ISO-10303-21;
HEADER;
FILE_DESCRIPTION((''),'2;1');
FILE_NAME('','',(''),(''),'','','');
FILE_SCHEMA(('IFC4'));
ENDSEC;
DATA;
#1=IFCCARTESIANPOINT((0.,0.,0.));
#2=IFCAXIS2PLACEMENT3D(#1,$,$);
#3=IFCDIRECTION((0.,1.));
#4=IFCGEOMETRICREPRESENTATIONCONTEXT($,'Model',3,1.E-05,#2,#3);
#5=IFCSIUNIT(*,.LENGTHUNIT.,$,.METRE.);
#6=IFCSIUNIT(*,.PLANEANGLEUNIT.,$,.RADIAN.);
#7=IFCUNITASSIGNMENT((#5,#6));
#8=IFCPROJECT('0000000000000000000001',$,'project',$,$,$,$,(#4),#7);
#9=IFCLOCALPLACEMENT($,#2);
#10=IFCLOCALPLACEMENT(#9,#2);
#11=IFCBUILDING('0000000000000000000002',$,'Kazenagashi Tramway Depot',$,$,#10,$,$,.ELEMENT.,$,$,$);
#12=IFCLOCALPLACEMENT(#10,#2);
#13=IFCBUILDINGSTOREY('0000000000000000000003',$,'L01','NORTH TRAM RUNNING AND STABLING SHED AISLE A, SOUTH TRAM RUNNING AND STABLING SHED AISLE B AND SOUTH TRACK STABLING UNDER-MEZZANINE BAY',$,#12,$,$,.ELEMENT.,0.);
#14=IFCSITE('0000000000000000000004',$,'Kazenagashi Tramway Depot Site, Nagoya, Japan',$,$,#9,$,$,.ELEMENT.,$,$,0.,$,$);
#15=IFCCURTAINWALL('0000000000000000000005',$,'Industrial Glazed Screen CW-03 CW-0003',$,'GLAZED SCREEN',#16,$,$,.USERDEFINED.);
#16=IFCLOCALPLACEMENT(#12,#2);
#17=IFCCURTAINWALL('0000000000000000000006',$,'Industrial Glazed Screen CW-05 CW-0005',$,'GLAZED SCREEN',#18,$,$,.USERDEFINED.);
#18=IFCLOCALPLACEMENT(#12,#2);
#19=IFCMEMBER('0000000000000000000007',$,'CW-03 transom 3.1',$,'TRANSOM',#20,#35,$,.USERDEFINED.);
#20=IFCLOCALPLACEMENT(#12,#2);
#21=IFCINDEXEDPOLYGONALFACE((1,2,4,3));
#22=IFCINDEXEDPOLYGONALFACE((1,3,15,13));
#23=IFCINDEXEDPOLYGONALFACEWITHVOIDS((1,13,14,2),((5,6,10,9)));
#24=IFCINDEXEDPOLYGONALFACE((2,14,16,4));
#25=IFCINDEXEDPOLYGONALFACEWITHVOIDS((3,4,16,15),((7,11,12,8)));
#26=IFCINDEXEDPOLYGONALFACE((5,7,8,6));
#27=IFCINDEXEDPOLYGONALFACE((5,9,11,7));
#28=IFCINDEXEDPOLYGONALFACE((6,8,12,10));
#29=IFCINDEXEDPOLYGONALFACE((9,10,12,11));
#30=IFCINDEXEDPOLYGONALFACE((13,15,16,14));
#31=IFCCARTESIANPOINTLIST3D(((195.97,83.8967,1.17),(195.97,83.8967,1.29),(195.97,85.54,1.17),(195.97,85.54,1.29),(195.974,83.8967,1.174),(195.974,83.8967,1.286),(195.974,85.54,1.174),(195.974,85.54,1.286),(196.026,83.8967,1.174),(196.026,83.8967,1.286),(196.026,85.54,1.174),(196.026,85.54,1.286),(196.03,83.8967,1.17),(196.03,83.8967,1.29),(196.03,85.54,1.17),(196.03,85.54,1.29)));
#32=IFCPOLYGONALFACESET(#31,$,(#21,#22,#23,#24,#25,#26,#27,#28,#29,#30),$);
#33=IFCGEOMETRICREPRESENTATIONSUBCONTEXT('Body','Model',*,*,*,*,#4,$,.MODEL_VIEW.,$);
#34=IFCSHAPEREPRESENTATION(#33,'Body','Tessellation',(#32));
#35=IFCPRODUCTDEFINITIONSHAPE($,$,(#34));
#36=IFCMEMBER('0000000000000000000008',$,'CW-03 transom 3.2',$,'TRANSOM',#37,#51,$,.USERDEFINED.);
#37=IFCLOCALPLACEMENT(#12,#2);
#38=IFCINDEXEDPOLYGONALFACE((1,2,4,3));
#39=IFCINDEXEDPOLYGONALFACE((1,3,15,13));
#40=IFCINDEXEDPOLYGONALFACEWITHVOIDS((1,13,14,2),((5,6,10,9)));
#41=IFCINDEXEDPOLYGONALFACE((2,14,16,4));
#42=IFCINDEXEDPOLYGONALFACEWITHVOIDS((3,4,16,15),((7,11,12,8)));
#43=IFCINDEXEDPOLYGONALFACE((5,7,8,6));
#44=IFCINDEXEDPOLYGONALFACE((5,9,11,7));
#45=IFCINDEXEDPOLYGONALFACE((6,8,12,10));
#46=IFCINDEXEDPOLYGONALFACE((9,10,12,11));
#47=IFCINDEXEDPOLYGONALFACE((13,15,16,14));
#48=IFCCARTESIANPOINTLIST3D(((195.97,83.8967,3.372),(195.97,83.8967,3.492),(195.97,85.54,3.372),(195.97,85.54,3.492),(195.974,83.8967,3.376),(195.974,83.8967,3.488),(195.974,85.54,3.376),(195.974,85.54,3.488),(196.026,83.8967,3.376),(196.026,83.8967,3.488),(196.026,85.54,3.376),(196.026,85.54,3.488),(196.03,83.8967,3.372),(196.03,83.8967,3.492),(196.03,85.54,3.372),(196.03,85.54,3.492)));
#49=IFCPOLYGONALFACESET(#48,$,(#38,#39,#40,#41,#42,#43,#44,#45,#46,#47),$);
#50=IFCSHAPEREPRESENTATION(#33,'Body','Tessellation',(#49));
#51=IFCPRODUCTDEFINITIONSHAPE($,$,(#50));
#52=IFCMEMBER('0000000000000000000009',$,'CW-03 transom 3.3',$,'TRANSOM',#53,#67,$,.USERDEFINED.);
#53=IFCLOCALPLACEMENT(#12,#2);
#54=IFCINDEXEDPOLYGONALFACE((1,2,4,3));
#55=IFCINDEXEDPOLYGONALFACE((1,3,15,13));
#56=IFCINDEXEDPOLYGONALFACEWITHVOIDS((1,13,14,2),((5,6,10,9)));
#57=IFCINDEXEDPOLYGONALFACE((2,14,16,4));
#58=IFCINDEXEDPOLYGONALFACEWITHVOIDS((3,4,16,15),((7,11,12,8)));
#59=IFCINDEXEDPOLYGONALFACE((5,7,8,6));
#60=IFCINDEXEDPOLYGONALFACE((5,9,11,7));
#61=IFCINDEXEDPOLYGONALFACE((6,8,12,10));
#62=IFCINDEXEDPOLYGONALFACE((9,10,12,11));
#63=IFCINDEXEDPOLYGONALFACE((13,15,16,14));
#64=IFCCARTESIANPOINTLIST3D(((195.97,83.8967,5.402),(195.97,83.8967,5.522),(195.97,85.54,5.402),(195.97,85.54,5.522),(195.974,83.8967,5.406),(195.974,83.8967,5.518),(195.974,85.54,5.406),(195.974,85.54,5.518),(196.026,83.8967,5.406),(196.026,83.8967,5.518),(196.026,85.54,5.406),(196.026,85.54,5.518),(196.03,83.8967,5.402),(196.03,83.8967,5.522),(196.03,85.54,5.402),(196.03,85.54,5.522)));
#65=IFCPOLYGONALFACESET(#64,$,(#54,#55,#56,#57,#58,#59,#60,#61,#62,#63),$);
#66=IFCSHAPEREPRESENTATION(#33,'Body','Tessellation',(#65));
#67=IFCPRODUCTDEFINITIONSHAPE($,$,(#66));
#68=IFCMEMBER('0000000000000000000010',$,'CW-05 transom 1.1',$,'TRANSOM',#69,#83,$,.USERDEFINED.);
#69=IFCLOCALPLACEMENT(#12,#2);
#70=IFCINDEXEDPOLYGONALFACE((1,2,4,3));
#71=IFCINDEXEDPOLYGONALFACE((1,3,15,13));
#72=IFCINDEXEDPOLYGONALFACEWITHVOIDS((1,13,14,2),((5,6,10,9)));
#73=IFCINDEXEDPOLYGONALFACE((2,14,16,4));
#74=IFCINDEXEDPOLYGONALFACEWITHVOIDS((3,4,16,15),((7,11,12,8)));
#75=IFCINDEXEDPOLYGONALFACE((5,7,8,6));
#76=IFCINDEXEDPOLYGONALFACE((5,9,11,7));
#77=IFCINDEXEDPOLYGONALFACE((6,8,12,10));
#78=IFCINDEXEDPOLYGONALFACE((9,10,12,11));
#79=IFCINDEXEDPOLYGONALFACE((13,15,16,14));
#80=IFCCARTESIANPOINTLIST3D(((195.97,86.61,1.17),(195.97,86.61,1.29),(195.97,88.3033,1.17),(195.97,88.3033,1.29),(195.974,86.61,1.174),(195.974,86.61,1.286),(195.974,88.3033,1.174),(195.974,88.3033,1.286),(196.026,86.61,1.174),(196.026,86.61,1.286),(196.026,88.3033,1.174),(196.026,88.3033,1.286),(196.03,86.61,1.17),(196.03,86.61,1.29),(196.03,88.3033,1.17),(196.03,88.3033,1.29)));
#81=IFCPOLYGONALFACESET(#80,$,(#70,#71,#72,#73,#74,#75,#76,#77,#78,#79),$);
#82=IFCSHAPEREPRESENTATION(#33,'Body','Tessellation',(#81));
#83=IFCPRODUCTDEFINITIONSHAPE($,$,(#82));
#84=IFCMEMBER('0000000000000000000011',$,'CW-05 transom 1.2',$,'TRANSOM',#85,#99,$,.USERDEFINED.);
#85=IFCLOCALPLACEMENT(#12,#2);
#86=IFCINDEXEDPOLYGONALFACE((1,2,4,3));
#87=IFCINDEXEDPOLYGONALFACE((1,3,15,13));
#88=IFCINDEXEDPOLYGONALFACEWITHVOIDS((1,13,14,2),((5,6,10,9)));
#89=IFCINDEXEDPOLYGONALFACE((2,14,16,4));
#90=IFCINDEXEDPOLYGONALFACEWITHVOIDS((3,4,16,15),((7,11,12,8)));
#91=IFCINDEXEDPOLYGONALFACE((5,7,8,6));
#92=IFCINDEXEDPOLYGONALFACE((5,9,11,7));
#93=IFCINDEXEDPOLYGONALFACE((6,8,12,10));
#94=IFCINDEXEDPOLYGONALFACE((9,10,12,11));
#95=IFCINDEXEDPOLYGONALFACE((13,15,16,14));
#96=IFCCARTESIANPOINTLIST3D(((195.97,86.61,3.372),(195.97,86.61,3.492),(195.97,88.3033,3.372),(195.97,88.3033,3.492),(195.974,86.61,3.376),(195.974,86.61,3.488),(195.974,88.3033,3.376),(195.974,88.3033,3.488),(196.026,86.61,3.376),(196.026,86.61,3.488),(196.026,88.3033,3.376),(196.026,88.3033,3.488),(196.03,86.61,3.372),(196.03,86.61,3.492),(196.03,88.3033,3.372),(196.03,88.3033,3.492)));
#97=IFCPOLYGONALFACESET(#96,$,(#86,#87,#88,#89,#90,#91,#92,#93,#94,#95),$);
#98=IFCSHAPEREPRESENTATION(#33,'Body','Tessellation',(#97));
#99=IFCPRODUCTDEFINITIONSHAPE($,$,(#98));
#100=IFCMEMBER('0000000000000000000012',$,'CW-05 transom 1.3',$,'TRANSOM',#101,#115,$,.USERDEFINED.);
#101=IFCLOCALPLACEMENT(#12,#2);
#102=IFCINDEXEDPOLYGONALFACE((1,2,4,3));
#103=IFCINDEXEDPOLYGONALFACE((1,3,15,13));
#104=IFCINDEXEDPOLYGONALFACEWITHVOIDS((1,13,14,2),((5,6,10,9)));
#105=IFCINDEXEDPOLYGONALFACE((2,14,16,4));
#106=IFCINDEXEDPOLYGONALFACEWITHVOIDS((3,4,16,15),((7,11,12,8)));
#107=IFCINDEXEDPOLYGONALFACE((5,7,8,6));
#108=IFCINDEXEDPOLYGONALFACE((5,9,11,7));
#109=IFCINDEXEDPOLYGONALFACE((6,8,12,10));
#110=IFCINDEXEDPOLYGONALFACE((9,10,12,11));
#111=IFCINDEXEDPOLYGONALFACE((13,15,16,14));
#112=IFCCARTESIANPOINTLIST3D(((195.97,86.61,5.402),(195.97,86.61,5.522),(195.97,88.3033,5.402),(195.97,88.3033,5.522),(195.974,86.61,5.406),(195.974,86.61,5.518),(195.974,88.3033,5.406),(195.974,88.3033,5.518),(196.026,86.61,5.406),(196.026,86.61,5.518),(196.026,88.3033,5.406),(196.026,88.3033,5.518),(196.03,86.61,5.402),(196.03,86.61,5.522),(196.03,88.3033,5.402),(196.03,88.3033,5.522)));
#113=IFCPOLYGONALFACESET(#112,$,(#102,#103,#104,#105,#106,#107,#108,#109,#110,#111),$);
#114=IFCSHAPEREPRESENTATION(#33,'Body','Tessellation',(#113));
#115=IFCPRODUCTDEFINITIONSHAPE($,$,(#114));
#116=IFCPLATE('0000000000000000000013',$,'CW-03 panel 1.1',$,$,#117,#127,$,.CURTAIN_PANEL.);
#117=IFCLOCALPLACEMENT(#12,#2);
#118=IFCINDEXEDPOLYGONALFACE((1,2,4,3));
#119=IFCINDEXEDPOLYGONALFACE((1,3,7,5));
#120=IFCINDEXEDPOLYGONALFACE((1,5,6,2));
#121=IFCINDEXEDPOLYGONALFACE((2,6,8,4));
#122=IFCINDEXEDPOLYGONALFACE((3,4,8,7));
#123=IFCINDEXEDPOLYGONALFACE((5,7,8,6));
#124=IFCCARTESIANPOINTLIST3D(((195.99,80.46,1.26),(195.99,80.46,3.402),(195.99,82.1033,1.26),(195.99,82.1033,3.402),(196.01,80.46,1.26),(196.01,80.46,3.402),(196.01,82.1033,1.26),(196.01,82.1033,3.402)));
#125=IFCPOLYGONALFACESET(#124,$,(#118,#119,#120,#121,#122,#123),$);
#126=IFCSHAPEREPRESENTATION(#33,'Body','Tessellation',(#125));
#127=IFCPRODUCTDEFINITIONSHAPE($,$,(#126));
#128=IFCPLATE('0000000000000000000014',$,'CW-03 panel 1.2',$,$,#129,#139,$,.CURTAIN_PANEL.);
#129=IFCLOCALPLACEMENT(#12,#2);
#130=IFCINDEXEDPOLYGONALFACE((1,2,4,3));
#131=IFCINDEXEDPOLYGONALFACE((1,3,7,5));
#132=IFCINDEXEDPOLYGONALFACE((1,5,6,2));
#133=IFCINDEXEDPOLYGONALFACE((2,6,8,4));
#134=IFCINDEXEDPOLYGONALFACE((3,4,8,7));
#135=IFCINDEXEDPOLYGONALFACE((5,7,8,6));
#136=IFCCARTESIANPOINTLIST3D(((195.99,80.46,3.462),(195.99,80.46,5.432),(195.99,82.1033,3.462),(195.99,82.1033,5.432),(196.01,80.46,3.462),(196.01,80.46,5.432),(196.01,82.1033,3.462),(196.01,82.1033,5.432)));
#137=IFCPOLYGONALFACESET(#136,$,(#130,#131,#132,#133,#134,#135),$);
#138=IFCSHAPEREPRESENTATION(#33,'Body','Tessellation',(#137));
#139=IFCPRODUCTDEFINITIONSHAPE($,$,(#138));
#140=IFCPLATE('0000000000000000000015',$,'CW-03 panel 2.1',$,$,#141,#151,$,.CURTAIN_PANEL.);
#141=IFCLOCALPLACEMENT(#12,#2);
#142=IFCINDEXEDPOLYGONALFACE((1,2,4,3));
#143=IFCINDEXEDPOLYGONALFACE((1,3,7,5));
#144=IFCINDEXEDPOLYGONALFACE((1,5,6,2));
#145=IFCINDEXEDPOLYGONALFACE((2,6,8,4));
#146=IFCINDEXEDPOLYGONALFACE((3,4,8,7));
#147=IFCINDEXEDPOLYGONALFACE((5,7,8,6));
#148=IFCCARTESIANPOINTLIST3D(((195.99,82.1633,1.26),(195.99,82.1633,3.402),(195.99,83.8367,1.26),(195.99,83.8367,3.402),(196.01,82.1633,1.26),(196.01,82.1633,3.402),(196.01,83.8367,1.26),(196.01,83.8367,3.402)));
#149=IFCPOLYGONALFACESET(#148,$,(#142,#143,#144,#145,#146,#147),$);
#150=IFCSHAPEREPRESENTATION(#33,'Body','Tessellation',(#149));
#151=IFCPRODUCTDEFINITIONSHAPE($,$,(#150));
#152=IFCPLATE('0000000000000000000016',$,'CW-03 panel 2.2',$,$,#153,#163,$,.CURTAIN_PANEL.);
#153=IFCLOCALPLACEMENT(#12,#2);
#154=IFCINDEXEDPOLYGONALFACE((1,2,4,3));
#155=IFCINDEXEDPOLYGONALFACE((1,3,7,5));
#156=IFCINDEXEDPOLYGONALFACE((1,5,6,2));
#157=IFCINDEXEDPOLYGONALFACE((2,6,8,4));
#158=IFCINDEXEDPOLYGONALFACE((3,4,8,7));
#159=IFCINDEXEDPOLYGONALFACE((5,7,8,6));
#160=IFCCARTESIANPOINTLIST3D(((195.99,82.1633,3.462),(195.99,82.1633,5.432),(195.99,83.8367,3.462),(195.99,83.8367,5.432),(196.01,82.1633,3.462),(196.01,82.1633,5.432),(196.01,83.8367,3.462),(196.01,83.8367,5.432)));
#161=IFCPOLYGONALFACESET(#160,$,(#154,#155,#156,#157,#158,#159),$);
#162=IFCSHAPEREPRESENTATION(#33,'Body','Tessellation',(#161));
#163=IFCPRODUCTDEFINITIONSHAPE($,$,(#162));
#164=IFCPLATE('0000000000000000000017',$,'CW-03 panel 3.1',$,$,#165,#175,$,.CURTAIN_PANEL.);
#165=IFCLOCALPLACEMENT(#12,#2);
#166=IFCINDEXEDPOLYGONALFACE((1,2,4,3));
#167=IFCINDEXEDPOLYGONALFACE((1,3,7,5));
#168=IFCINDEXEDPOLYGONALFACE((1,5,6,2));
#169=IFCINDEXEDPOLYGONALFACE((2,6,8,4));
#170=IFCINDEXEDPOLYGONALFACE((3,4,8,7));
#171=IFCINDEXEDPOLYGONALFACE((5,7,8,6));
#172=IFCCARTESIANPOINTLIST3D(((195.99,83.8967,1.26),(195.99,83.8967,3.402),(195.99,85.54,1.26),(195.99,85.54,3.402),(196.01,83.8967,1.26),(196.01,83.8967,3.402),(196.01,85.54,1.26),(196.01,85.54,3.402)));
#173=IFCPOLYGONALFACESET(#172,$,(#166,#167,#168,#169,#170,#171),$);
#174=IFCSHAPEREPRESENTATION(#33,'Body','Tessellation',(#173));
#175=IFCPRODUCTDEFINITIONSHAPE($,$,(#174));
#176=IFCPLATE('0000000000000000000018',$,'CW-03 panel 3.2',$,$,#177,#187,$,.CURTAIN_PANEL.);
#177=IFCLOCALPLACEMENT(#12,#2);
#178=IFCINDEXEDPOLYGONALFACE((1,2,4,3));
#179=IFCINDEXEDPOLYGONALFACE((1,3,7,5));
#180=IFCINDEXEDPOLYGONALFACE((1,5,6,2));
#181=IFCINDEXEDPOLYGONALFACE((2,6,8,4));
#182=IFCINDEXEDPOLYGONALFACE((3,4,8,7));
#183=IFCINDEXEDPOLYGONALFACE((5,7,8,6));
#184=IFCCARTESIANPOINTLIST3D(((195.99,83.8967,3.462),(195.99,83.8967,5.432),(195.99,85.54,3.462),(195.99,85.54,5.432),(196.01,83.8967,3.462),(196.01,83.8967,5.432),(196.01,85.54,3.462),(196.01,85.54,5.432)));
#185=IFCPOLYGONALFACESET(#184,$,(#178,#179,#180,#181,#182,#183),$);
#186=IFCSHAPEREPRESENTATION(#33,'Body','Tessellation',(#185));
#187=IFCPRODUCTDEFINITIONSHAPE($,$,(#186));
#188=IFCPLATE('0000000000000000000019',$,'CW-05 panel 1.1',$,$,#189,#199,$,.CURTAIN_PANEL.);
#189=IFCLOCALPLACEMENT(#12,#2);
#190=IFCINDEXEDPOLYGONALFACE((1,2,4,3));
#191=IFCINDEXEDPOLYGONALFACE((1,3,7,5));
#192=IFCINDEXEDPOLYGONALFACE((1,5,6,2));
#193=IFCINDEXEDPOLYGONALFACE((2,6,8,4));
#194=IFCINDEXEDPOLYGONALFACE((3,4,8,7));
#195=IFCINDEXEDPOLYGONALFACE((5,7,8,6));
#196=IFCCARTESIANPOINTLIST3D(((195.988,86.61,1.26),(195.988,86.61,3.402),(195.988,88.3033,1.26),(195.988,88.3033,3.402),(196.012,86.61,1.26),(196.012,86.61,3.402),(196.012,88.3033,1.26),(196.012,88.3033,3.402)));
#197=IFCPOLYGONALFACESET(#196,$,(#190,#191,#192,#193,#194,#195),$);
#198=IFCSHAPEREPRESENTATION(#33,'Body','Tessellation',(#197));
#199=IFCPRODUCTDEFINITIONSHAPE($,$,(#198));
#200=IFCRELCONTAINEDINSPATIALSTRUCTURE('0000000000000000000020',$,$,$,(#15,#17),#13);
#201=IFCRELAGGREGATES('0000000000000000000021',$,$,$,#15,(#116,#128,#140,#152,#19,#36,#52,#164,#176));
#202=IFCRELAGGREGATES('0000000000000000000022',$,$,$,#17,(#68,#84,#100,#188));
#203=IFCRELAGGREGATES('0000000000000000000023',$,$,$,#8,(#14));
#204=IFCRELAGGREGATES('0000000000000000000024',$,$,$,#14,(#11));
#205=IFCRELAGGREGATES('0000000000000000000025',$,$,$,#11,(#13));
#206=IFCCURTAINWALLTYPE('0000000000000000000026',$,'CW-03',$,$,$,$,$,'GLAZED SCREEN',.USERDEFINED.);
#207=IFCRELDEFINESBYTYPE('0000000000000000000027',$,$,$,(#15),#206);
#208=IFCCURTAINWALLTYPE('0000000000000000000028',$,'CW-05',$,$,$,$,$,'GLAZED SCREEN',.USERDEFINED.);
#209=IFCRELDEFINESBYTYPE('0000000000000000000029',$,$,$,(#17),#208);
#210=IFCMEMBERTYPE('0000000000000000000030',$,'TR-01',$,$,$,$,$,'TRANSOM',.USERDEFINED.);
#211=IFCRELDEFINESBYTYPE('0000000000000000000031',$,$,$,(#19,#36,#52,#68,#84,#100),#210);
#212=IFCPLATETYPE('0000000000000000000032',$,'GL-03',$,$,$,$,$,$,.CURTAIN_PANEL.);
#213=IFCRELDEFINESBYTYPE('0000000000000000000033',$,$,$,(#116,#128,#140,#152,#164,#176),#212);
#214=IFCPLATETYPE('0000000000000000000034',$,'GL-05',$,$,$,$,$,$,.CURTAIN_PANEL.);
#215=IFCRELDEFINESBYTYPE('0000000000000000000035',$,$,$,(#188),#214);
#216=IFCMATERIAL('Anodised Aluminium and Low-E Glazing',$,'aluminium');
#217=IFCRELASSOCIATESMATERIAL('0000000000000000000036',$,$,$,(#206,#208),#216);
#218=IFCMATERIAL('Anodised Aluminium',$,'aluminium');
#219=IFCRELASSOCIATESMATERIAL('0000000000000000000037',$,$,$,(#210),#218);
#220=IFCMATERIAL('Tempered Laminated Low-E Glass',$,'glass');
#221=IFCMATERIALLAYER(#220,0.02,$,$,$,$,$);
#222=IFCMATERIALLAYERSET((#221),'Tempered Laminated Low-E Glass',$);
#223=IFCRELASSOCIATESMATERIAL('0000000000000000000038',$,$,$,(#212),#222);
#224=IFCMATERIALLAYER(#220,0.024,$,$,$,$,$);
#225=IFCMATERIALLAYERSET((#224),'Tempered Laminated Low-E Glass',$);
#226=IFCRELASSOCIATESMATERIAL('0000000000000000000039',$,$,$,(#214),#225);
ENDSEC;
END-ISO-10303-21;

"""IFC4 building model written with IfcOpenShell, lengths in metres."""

from ifc_helpers import new_model, si_unit, direction, frame, origin, origin_2d, place, context, subcontext, project, spatial, rectangle, hollow_rectangle, extrude, material, layer, layer_set, material_profile, profile_set, type_object, element, aggregate, save


model = new_model("IFC4")

# Units and contexts
model_context = context("Model", 3, precision=1e-05, world=origin(), true_north=direction((0.0, 1.0)))
body_context = subcontext(model_context, "Body", "Model", "MODEL_VIEW")
ifc_project = project(units=[si_unit("LENGTHUNIT", "METRE"), si_unit("PLANEANGLEUNIT", "RADIAN")], contexts=[model_context])

# Site, building, storey
site_placement = place(None, origin())
site = spatial("IfcSite", under=ifc_project, at=site_placement, Name="Kazenagashi Tramway Depot Site, Nagoya, Japan", CompositionType="ELEMENT", RefElevation=0.0)
building_placement = place(site_placement, origin())
building = spatial("IfcBuilding", under=site, at=building_placement, Name="Kazenagashi Tramway Depot", CompositionType="ELEMENT")
storey_placement = place(building_placement, origin())
storey = spatial("IfcBuildingStorey", under=building, at=storey_placement, Name="L01", Description="NORTH TRAM RUNNING AND STABLING SHED AISLE A, SOUTH TRAM RUNNING AND STABLING SHED AISLE B AND SOUTH TRACK STABLING UNDER-MEZZANINE BAY", CompositionType="ELEMENT", Elevation=0.0)

# Curtain walls
ifc_material_1 = material(Name="Anodised Aluminium and Low-E Glazing", Category="aluminium")
curtain_wall_type_1 = type_object("IfcCurtainWallType", Name="CW-03", ElementType="GLAZED SCREEN", PredefinedType="USERDEFINED", material=ifc_material_1)
curtain_wall_1_placement = place(storey_placement, origin())
curtain_wall_1 = element("IfcCurtainWall", 1, at=curtain_wall_1_placement, inside=storey, type_object=curtain_wall_type_1, Name="Industrial Glazed Screen CW-03 CW-0003", ObjectType="GLAZED SCREEN", PredefinedType="USERDEFINED")
ifc_material_2 = material(Name="Anodised Aluminium", Category="aluminium")
curtain_wall_type_2 = type_object("IfcCurtainWallType", Name="CW-05", ElementType="GLAZED SCREEN", PredefinedType="USERDEFINED", material=ifc_material_1)
curtain_wall_2_placement = place(storey_placement, origin())
curtain_wall_2 = element("IfcCurtainWall", 2, at=curtain_wall_2_placement, inside=storey, type_object=curtain_wall_type_2, Name="Industrial Glazed Screen CW-05 CW-0005", ObjectType="GLAZED SCREEN", PredefinedType="USERDEFINED")

# Members
ifc_material_profile_1 = material_profile(ifc_material_2, hollow_rectangle(XDim=0.06, YDim=0.12, WallThickness=0.004, at=origin_2d()), Name="RHS-120x60x4")
ifc_profile_set_1 = profile_set([ifc_material_profile_1], Name="Anodised Aluminium")
member_type_1 = type_object("IfcMemberType", Name="TR-01", ElementType="TRANSOM", PredefinedType="USERDEFINED", material=ifc_profile_set_1)
member_1_placement = place(storey_placement, frame((196.0, 83.8967, 1.23), z_axis=(0.0, 1.0, 0.0), x_axis=(-1.0, 0.0, 0.0)))
member_1 = element("IfcMember", 3, at=member_1_placement, type_object=member_type_1, Name="CW-03 transom 3.1", ObjectType="TRANSOM", PredefinedType="USERDEFINED", context=body_context, shape_type="SweptSolid", body=[
    extrude(hollow_rectangle(XDim=0.06, YDim=0.12, WallThickness=0.004, at=origin_2d()), origin(), (0.0, 0.0, 1.0), 1.6433),
])
member_2_placement = place(storey_placement, frame((196.0, 83.8967, 3.432), z_axis=(0.0, 1.0, 0.0), x_axis=(-1.0, 0.0, 0.0)))
member_2 = element("IfcMember", 4, at=member_2_placement, type_object=member_type_1, Name="CW-03 transom 3.2", ObjectType="TRANSOM", PredefinedType="USERDEFINED", context=body_context, shape_type="SweptSolid", body=[
    extrude(hollow_rectangle(XDim=0.06, YDim=0.12, WallThickness=0.004, at=origin_2d()), origin(), (0.0, 0.0, 1.0), 1.6433),
])
member_3_placement = place(storey_placement, frame((196.0, 83.8967, 5.462), z_axis=(0.0, 1.0, 0.0), x_axis=(-1.0, 0.0, 0.0)))
member_3 = element("IfcMember", 5, at=member_3_placement, type_object=member_type_1, Name="CW-03 transom 3.3", ObjectType="TRANSOM", PredefinedType="USERDEFINED", context=body_context, shape_type="SweptSolid", body=[
    extrude(hollow_rectangle(XDim=0.06, YDim=0.12, WallThickness=0.004, at=origin_2d()), origin(), (0.0, 0.0, 1.0), 1.6433),
])
member_4_placement = place(storey_placement, frame((196.0, 86.61, 1.23), z_axis=(0.0, 1.0, 0.0), x_axis=(-1.0, 0.0, 0.0)))
member_4 = element("IfcMember", 6, at=member_4_placement, type_object=member_type_1, Name="CW-05 transom 1.1", ObjectType="TRANSOM", PredefinedType="USERDEFINED", context=body_context, shape_type="SweptSolid", body=[
    extrude(hollow_rectangle(XDim=0.06, YDim=0.12, WallThickness=0.004, at=origin_2d()), origin(), (0.0, 0.0, 1.0), 1.6933),
])
member_5_placement = place(storey_placement, frame((196.0, 86.61, 3.432), z_axis=(0.0, 1.0, 0.0), x_axis=(-1.0, 0.0, 0.0)))
member_5 = element("IfcMember", 7, at=member_5_placement, type_object=member_type_1, Name="CW-05 transom 1.2", ObjectType="TRANSOM", PredefinedType="USERDEFINED", context=body_context, shape_type="SweptSolid", body=[
    extrude(hollow_rectangle(XDim=0.06, YDim=0.12, WallThickness=0.004, at=origin_2d()), origin(), (0.0, 0.0, 1.0), 1.6933),
])
member_6_placement = place(storey_placement, frame((196.0, 86.61, 5.462), z_axis=(0.0, 1.0, 0.0), x_axis=(-1.0, 0.0, 0.0)))
member_6 = element("IfcMember", 8, at=member_6_placement, type_object=member_type_1, Name="CW-05 transom 1.3", ObjectType="TRANSOM", PredefinedType="USERDEFINED", context=body_context, shape_type="SweptSolid", body=[
    extrude(hollow_rectangle(XDim=0.06, YDim=0.12, WallThickness=0.004, at=origin_2d()), origin(), (0.0, 0.0, 1.0), 1.6933),
])

# Plates
ifc_material_3 = material(Name="Tempered Laminated Low-E Glass", Category="glass")
ifc_layer_1 = layer(ifc_material_3, 0.02)
ifc_layer_set_1 = layer_set([ifc_layer_1], Name="Tempered Laminated Low-E Glass")
plate_type_1 = type_object("IfcPlateType", Name="GL-03", PredefinedType="CURTAIN_PANEL", material=ifc_layer_set_1)
plate_1_placement = place(storey_placement, frame((196.0, 81.2817, 1.26), z_axis=(0.0, 0.0, 1.0), x_axis=(0.0, 1.0, 0.0)))
plate_1 = element("IfcPlate", 9, at=plate_1_placement, type_object=plate_type_1, Name="CW-03 panel 1.1", PredefinedType="CURTAIN_PANEL", context=body_context, shape_type="SweptSolid", body=[
    extrude(rectangle(XDim=1.6433, YDim=0.02, at=origin_2d()), origin(), (0.0, 0.0, 1.0), 2.142),
])
plate_2_placement = place(storey_placement, frame((196.0, 81.2817, 3.462), z_axis=(0.0, 0.0, 1.0), x_axis=(0.0, 1.0, 0.0)))
plate_2 = element("IfcPlate", 10, at=plate_2_placement, type_object=plate_type_1, Name="CW-03 panel 1.2", PredefinedType="CURTAIN_PANEL", context=body_context, shape_type="SweptSolid", body=[
    extrude(rectangle(XDim=1.6433, YDim=0.02, at=origin_2d()), origin(), (0.0, 0.0, 1.0), 1.97),
])
plate_3_placement = place(storey_placement, frame((196.0, 83.0, 1.26), z_axis=(0.0, 0.0, 1.0), x_axis=(0.0, 1.0, 0.0)))
plate_3 = element("IfcPlate", 11, at=plate_3_placement, type_object=plate_type_1, Name="CW-03 panel 2.1", PredefinedType="CURTAIN_PANEL", context=body_context, shape_type="SweptSolid", body=[
    extrude(rectangle(XDim=1.6733, YDim=0.02, at=origin_2d()), origin(), (0.0, 0.0, 1.0), 2.142),
])
plate_4_placement = place(storey_placement, frame((196.0, 83.0, 3.462), z_axis=(0.0, 0.0, 1.0), x_axis=(0.0, 1.0, 0.0)))
plate_4 = element("IfcPlate", 12, at=plate_4_placement, type_object=plate_type_1, Name="CW-03 panel 2.2", PredefinedType="CURTAIN_PANEL", context=body_context, shape_type="SweptSolid", body=[
    extrude(rectangle(XDim=1.6733, YDim=0.02, at=origin_2d()), origin(), (0.0, 0.0, 1.0), 1.97),
])
plate_5_placement = place(storey_placement, frame((196.0, 84.7183, 1.26), z_axis=(0.0, 0.0, 1.0), x_axis=(0.0, 1.0, 0.0)))
plate_5 = element("IfcPlate", 13, at=plate_5_placement, type_object=plate_type_1, Name="CW-03 panel 3.1", PredefinedType="CURTAIN_PANEL", context=body_context, shape_type="SweptSolid", body=[
    extrude(rectangle(XDim=1.6433, YDim=0.02, at=origin_2d()), origin(), (0.0, 0.0, 1.0), 2.142),
])
plate_6_placement = place(storey_placement, frame((196.0, 84.7183, 3.462), z_axis=(0.0, 0.0, 1.0), x_axis=(0.0, 1.0, 0.0)))
plate_6 = element("IfcPlate", 14, at=plate_6_placement, type_object=plate_type_1, Name="CW-03 panel 3.2", PredefinedType="CURTAIN_PANEL", context=body_context, shape_type="SweptSolid", body=[
    extrude(rectangle(XDim=1.6433, YDim=0.02, at=origin_2d()), origin(), (0.0, 0.0, 1.0), 1.97),
])
aggregate(curtain_wall_1, [plate_1, plate_2, plate_3, plate_4, member_1, member_2, member_3, plate_5, plate_6])
ifc_layer_2 = layer(ifc_material_3, 0.024)
ifc_layer_set_2 = layer_set([ifc_layer_2], Name="Tempered Laminated Low-E Glass")
plate_type_2 = type_object("IfcPlateType", Name="GL-05", PredefinedType="CURTAIN_PANEL", material=ifc_layer_set_2)
plate_7_placement = place(storey_placement, frame((196.0, 87.4567, 1.26), z_axis=(0.0, 0.0, 1.0), x_axis=(0.0, 1.0, 0.0)))
plate_7 = element("IfcPlate", 15, at=plate_7_placement, type_object=plate_type_2, Name="CW-05 panel 1.1", PredefinedType="CURTAIN_PANEL", context=body_context, shape_type="SweptSolid", body=[
    extrude(rectangle(XDim=1.6933, YDim=0.024, at=origin_2d()), origin(), (0.0, 0.0, 1.0), 2.142),
])
aggregate(curtain_wall_2, [member_4, member_5, member_6, plate_7])

save(model, "model.ifc")
